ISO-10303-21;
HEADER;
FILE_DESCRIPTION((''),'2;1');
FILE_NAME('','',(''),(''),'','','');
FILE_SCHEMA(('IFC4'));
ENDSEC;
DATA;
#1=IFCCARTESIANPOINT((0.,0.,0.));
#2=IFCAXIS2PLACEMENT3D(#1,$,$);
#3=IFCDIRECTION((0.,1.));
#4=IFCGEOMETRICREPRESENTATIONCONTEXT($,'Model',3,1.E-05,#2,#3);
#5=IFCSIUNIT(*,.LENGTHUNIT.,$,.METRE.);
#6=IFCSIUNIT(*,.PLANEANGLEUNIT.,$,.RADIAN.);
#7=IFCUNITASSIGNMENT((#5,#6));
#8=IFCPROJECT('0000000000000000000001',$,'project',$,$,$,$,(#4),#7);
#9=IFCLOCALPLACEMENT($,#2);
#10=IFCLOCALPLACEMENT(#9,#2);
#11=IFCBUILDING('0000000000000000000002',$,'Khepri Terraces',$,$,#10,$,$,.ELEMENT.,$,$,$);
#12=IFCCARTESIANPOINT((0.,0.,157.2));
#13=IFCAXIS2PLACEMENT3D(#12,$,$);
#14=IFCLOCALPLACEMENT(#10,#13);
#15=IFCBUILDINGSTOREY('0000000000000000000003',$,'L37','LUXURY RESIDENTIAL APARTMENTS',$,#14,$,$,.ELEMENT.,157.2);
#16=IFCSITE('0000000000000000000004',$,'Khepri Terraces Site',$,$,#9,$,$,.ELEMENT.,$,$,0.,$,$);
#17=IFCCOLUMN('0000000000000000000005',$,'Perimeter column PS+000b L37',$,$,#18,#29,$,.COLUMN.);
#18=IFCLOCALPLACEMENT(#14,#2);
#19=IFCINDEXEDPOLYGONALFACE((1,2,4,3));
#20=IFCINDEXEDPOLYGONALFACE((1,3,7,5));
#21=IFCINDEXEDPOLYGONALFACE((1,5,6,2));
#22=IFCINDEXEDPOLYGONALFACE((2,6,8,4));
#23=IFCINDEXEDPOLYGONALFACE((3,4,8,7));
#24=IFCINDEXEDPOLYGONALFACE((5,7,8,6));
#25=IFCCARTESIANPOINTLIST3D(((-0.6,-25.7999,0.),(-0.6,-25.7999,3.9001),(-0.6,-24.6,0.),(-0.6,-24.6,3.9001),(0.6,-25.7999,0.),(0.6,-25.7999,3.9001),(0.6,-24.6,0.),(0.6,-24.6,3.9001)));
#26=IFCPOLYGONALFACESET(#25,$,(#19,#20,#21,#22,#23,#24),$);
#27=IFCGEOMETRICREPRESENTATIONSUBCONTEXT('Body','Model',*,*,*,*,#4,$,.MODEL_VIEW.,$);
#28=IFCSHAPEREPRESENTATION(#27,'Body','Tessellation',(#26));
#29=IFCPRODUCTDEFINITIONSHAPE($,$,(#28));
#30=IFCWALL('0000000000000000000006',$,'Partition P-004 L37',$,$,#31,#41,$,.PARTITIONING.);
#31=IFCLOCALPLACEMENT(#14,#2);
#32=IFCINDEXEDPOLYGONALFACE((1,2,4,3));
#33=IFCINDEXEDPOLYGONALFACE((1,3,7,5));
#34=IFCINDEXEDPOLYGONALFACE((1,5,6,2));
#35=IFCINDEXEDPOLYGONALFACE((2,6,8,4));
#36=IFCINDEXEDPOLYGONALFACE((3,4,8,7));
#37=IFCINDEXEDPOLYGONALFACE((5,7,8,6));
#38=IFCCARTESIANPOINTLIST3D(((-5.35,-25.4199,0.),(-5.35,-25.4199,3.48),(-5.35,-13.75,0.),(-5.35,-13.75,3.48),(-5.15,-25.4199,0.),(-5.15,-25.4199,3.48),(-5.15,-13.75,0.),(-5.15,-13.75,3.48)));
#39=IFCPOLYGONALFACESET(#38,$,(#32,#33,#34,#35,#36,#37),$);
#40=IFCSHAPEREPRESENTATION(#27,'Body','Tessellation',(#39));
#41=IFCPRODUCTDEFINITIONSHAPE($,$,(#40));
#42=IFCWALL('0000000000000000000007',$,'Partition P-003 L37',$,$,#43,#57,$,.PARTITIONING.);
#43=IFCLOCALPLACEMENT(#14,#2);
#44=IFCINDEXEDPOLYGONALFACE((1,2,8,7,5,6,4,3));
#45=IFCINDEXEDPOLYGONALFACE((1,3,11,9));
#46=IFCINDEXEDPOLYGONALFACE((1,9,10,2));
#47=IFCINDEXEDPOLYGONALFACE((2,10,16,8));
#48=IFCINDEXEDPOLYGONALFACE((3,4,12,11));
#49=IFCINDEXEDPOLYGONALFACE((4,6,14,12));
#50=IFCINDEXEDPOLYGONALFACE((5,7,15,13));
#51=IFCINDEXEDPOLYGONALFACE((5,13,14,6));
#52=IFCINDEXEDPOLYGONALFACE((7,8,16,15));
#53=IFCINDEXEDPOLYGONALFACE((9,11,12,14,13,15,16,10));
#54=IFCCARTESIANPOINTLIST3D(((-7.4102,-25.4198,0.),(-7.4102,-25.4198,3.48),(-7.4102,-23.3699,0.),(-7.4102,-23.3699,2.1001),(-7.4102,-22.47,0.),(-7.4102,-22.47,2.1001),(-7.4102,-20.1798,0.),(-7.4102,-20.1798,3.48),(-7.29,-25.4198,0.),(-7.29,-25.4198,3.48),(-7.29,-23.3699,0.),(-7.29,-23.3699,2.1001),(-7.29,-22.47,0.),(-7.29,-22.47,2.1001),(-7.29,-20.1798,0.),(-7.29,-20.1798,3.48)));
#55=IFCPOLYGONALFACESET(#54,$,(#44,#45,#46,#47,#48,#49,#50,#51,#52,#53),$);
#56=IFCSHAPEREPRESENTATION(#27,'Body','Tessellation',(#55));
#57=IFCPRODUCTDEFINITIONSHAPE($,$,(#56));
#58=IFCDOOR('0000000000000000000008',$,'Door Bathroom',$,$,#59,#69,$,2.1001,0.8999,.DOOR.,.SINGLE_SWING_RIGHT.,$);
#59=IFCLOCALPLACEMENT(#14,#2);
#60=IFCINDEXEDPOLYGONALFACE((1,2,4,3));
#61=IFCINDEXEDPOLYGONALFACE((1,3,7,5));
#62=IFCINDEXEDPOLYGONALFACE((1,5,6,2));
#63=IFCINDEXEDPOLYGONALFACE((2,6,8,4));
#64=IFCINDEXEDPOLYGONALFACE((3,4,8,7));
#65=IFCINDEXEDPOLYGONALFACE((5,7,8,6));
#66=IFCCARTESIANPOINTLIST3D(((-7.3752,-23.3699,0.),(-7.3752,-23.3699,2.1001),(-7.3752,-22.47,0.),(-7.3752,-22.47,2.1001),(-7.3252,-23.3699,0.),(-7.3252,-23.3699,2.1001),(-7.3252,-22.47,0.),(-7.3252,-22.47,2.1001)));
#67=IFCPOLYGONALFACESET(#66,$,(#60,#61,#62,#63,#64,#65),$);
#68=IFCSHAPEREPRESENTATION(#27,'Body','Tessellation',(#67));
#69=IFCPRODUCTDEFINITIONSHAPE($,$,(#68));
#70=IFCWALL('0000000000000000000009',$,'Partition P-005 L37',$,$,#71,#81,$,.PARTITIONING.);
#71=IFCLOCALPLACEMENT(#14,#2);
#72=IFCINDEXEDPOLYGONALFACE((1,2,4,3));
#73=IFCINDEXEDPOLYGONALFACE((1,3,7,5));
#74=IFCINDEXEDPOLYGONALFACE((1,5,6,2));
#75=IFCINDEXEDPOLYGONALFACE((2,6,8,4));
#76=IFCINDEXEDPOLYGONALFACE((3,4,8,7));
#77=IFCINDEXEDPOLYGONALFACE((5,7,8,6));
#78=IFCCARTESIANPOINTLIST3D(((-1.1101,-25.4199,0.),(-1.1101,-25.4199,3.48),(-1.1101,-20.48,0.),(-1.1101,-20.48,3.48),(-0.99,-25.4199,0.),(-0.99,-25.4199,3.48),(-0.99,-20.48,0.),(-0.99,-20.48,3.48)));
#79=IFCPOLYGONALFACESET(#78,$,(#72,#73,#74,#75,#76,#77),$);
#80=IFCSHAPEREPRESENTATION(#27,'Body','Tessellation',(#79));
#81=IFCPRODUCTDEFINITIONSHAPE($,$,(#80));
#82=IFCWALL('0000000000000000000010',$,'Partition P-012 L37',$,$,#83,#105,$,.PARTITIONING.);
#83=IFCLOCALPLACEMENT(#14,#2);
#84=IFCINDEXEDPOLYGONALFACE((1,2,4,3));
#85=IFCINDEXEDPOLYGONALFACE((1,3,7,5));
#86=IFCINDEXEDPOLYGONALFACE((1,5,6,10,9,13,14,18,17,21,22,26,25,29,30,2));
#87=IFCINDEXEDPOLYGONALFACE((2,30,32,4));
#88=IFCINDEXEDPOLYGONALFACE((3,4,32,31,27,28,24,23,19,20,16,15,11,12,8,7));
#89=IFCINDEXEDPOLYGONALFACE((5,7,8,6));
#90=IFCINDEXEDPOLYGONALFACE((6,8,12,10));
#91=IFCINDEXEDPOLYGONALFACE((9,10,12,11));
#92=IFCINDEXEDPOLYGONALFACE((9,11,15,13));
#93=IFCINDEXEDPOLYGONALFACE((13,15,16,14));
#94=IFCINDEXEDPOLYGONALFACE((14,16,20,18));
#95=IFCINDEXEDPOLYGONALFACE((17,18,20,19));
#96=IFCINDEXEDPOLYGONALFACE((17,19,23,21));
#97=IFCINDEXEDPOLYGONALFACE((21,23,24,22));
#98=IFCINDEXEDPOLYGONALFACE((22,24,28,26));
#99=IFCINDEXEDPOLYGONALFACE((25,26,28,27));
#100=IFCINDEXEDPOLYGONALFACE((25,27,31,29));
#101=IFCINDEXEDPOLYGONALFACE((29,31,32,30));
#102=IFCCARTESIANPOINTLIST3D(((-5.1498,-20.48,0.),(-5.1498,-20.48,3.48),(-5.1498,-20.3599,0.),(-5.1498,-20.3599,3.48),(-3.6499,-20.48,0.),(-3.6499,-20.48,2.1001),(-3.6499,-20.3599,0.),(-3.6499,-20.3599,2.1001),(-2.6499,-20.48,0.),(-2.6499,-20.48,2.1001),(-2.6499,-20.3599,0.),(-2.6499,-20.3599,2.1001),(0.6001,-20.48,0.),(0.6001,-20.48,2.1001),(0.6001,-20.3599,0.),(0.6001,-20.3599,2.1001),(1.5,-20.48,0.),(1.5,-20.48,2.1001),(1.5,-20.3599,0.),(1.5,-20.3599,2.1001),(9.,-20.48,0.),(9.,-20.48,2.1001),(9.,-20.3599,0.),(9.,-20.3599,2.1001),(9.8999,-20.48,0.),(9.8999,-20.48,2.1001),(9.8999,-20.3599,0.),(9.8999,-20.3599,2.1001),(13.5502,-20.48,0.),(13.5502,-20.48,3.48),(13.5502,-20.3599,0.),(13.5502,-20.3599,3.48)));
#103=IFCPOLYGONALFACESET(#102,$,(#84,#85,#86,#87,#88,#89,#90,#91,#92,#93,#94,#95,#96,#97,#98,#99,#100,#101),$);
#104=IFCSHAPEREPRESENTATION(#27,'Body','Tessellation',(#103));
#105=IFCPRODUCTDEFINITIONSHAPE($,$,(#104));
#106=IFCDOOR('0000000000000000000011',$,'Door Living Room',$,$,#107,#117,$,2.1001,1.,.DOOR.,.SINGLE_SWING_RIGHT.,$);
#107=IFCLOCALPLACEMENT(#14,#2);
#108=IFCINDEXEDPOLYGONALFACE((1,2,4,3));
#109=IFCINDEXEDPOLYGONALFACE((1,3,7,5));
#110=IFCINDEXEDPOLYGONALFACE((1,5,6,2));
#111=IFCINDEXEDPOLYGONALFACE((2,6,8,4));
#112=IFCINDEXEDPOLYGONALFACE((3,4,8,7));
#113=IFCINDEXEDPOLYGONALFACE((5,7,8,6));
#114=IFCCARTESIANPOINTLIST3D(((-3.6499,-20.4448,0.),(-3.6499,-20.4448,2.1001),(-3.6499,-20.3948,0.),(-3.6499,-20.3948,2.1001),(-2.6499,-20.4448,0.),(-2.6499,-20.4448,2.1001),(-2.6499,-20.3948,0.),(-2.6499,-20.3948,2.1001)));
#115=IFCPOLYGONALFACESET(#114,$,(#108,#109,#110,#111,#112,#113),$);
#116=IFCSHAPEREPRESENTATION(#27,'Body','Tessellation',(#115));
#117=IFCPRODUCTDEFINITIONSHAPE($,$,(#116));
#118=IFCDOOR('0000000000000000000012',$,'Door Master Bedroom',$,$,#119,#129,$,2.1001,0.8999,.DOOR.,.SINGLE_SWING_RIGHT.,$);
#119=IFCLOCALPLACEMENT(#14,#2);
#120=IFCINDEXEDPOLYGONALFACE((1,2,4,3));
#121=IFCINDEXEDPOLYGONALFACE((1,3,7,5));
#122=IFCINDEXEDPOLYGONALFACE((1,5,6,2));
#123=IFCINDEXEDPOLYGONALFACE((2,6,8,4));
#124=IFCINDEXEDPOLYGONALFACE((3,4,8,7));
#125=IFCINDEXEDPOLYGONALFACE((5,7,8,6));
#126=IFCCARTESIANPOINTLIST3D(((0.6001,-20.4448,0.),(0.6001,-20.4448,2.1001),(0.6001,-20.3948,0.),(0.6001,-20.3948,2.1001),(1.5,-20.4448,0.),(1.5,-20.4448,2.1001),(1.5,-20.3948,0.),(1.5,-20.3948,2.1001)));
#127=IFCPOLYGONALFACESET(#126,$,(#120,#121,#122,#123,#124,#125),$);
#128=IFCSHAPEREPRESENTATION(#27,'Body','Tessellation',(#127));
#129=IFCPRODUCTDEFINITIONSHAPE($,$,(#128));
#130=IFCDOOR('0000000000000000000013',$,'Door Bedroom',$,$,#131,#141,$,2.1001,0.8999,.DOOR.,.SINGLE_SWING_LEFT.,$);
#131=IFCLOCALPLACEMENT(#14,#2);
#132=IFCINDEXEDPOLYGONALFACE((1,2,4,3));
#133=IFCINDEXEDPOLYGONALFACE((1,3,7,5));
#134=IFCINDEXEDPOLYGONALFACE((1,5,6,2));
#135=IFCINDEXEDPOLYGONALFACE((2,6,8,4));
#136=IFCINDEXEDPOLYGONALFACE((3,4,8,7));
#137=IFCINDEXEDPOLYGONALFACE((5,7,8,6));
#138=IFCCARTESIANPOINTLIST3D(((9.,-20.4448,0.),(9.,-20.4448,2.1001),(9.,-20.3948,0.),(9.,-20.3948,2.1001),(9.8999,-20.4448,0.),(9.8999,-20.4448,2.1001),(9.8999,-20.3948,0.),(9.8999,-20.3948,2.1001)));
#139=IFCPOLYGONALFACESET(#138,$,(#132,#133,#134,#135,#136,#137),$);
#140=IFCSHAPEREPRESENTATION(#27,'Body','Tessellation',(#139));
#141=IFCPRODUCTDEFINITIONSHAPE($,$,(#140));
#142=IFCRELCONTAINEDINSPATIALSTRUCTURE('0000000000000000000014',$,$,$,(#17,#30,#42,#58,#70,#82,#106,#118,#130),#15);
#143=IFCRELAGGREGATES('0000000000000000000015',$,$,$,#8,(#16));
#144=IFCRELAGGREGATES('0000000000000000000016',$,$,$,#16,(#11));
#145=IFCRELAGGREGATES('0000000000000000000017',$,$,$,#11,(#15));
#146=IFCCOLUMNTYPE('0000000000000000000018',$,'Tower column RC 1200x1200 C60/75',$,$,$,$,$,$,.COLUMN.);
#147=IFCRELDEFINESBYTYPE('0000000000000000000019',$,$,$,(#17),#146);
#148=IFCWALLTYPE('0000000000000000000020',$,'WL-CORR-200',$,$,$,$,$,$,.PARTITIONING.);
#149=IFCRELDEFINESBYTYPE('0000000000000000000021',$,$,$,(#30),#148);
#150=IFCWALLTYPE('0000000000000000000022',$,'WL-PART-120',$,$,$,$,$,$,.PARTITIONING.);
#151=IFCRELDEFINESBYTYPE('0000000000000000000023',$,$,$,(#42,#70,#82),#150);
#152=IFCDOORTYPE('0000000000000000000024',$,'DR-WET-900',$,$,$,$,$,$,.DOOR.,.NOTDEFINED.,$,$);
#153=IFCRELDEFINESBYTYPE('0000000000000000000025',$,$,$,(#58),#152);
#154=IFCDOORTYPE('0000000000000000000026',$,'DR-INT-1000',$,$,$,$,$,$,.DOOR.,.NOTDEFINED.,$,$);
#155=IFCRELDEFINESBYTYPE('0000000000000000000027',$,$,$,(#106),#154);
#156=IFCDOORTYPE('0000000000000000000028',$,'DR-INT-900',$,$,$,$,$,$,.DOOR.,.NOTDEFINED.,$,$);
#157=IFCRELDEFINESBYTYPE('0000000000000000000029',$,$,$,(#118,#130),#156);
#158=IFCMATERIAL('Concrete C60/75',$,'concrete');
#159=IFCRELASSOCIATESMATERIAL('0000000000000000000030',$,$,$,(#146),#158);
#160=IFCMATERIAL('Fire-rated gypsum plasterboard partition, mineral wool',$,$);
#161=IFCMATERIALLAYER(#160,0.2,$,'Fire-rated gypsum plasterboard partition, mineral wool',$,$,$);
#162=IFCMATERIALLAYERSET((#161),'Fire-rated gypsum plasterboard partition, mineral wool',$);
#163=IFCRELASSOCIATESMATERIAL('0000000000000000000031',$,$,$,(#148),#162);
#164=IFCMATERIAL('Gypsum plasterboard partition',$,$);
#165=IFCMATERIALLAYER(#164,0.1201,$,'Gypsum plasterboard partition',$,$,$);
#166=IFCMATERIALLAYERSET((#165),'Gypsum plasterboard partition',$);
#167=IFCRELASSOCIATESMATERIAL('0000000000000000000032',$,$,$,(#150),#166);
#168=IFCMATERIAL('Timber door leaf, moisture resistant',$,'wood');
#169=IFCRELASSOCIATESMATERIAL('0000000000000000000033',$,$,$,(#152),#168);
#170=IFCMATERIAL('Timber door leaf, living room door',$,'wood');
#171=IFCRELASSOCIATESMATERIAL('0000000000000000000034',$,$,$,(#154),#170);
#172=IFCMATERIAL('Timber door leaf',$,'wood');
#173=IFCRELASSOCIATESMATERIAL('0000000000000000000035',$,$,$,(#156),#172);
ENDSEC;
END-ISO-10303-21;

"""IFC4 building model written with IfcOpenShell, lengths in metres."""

from ifc_helpers import new_model, si_unit, direction, frame, frame_2d, origin, origin_2d, place, context, subcontext, project, spatial, rectangle, extrude, material, layer, layer_set, material_profile, profile_set, type_object, element, fill, save


model = new_model("IFC4")

# Units and contexts
model_context = context("Model", 3, precision=1e-05, world=origin(), true_north=direction((0.0, 1.0)))
body_context = subcontext(model_context, "Body", "Model", "MODEL_VIEW")
ifc_project = project(units=[si_unit("LENGTHUNIT", "METRE"), si_unit("PLANEANGLEUNIT", "RADIAN")], contexts=[model_context])

# Site, building, storey
site_placement = place(None, origin())
site = spatial("IfcSite", under=ifc_project, at=site_placement, Name="Khepri Terraces Site", CompositionType="ELEMENT", RefElevation=0.0)
building_placement = place(site_placement, origin())
building = spatial("IfcBuilding", under=site, at=building_placement, Name="Khepri Terraces", CompositionType="ELEMENT")
storey_placement = place(building_placement, frame((0.0, 0.0, 157.2)))
storey = spatial("IfcBuildingStorey", under=building, at=storey_placement, Name="L37", Description="LUXURY RESIDENTIAL APARTMENTS", CompositionType="ELEMENT", Elevation=157.2)

# Column
ifc_material_1 = material(Name="Concrete C60/75", Category="concrete")
ifc_material_profile = material_profile(ifc_material_1, rectangle(XDim=1.2, YDim=1.2, at=origin_2d()), Name="Concrete C60/75", Category="concrete")
ifc_profile_set = profile_set([ifc_material_profile], Name="Concrete C60/75")
column_type = type_object("IfcColumnType", Name="Tower column RC 1200x1200 C60/75", PredefinedType="COLUMN", material=ifc_profile_set)
column_placement = place(storey_placement, frame((0.0, -25.2, 0.0), z_axis=(0.0, 0.0, 1.0), x_axis=(1.0, 0.0, 0.0)))
element("IfcColumn", 1, at=column_placement, inside=storey, type_object=column_type, Name="Perimeter column PS+000b L37", PredefinedType="COLUMN", context=body_context, shape_type="SweptSolid", body=[
    extrude(rectangle(XDim=1.2, YDim=1.2, at=origin_2d()), origin(), (0.0, 0.0, 1.0), 3.9001),
])

# Wall
ifc_material_2 = material(Name="Fire-rated gypsum plasterboard partition, mineral wool")
ifc_layer_1 = layer(ifc_material_2, 0.2, Name="Fire-rated gypsum plasterboard partition, mineral wool")
ifc_layer_set_1 = layer_set([ifc_layer_1], Name="Fire-rated gypsum plasterboard partition, mineral wool")
wall_type_1 = type_object("IfcWallType", Name="WL-CORR-200", PredefinedType="PARTITIONING", material=ifc_layer_set_1)
wall_1_placement = place(storey_placement, frame((-5.25, -25.4199, 0.0), z_axis=(0.0, 0.0, 1.0), x_axis=(0.0, 1.0, 0.0)))
element("IfcWall", 2, at=wall_1_placement, inside=storey, type_object=wall_type_1, Name="Partition P-004 L37", PredefinedType="PARTITIONING", context=body_context, shape_type="SweptSolid", body=[
    extrude(rectangle(XDim=11.6699, YDim=0.2, at=frame_2d((5.835, 0.0))), origin(), (0.0, 0.0, 1.0), 3.48),
])

# Wall, opening, door
ifc_material_3 = material(Name="Gypsum plasterboard partition")
ifc_layer_2 = layer(ifc_material_3, 0.1201, Name="Gypsum plasterboard partition")
ifc_layer_set_2 = layer_set([ifc_layer_2], Name="Gypsum plasterboard partition")
wall_type_2 = type_object("IfcWallType", Name="WL-PART-120", PredefinedType="PARTITIONING", material=ifc_layer_set_2)
wall_2_placement = place(storey_placement, frame((-7.3501, -25.4199, 0.0), z_axis=(0.0, 0.0, 1.0), x_axis=(0.0, 1.0, 0.0)))
wall_2 = element("IfcWall", 3, at=wall_2_placement, inside=storey, type_object=wall_type_2, Name="Partition P-003 L37", PredefinedType="PARTITIONING", context=body_context, shape_type="SweptSolid", body=[
    extrude(rectangle(XDim=5.24, YDim=0.1201, at=frame_2d((2.6201, 0.0))), origin(), (0.0, 0.0, 1.0), 3.48),
])
opening_1_placement = place(wall_2_placement, frame((2.05, 0.0, 0.0)))
opening_1 = element("IfcOpeningElement", 4, at=opening_1_placement, cuts=wall_2, PredefinedType="OPENING", context=body_context, shape_type="SweptSolid", body=[
    extrude(rectangle(XDim=0.8999, YDim=2.1001, at=frame_2d((0.45, 1.05))), frame((0.0, 0.0701, 0.0), z_axis=(0.0, -1.0, 0.0), x_axis=(1.0, 0.0, 0.0)), (0.0, 0.0, 1.0), 0.1401),
])
ifc_material_4 = material(Name="Timber door leaf, moisture resistant", Category="wood")
door_type_1 = type_object("IfcDoorType", Name="DR-WET-900", OperationType="NOTDEFINED", PredefinedType="DOOR", material=ifc_material_4)
door_1_placement = place(opening_1_placement, frame((0.8999, 0.0, 0.0), z_axis=(0.0, 0.0, 1.0), x_axis=(-1.0, 0.0, 0.0)))
door_1 = element("IfcDoor", 5, at=door_1_placement, inside=storey, type_object=door_type_1, Name="Door Bathroom", OperationType="SINGLE_SWING_RIGHT", OverallHeight=2.1001, OverallWidth=0.8999, PredefinedType="DOOR", context=body_context, shape_type="SweptSolid", body=[
    extrude(rectangle(XDim=0.8999, YDim=2.1001, at=frame_2d((0.45, 1.05))), frame((0.0, 0.0249, 0.0), z_axis=(0.0, -1.0, 0.0), x_axis=(1.0, 0.0, 0.0)), (0.0, 0.0, 1.0), 0.05),
])
fill(opening_1, door_1)

# Wall
wall_3_placement = place(storey_placement, frame((-1.05, -25.4199, 0.0), z_axis=(0.0, 0.0, 1.0), x_axis=(0.0, 1.0, 0.0)))
element("IfcWall", 6, at=wall_3_placement, inside=storey, type_object=wall_type_2, Name="Partition P-005 L37", PredefinedType="PARTITIONING", context=body_context, shape_type="SweptSolid", body=[
    extrude(rectangle(XDim=4.9399, YDim=0.1201, at=frame_2d((2.47, 0.0))), origin(), (0.0, 0.0, 1.0), 3.48),
])

# Wall, openings, doors
wall_4_placement = place(storey_placement, frame((-5.1499, -20.4199, 0.0), z_axis=(0.0, 0.0, 1.0), x_axis=(1.0, 0.0, 0.0)))
wall_4 = element("IfcWall", 7, at=wall_4_placement, inside=storey, type_object=wall_type_2, Name="Partition P-012 L37", PredefinedType="PARTITIONING", context=body_context, shape_type="SweptSolid", body=[
    extrude(rectangle(XDim=18.7, YDim=0.1201, at=frame_2d((9.3501, 0.0))), origin(), (0.0, 0.0, 1.0), 3.48),
])
opening_2_placement = place(wall_4_placement, frame((1.5, 0.0, 0.0)))
opening_2 = element("IfcOpeningElement", 8, at=opening_2_placement, cuts=wall_4, PredefinedType="OPENING", context=body_context, shape_type="SweptSolid", body=[
    extrude(rectangle(XDim=1.0, YDim=2.1001, at=frame_2d((0.5, 1.05))), frame((0.0, 0.0701, 0.0), z_axis=(0.0, -1.0, 0.0), x_axis=(1.0, 0.0, 0.0)), (0.0, 0.0, 1.0), 0.1401),
])
opening_3_placement = place(wall_4_placement, frame((5.75, 0.0, 0.0)))
opening_3 = element("IfcOpeningElement", 9, at=opening_3_placement, cuts=wall_4, PredefinedType="OPENING", context=body_context, shape_type="SweptSolid", body=[
    extrude(rectangle(XDim=0.8999, YDim=2.1001, at=frame_2d((0.45, 1.05))), frame((0.0, 0.0701, 0.0), z_axis=(0.0, -1.0, 0.0), x_axis=(1.0, 0.0, 0.0)), (0.0, 0.0, 1.0), 0.1401),
])
opening_4_placement = place(wall_4_placement, frame((14.1499, 0.0, 0.0)))
opening_4 = element("IfcOpeningElement", 10, at=opening_4_placement, cuts=wall_4, PredefinedType="OPENING", context=body_context, shape_type="SweptSolid", body=[
    extrude(rectangle(XDim=0.8999, YDim=2.1001, at=frame_2d((0.45, 1.05))), frame((0.0, 0.0701, 0.0), z_axis=(0.0, -1.0, 0.0), x_axis=(1.0, 0.0, 0.0)), (0.0, 0.0, 1.0), 0.1401),
])
ifc_material_5 = material(Name="Timber door leaf, living room door", Category="wood")
door_type_2 = type_object("IfcDoorType", Name="DR-INT-1000", OperationType="NOTDEFINED", PredefinedType="DOOR", material=ifc_material_5)
door_2_placement = place(opening_2_placement, frame((1.0, 0.0, 0.0), z_axis=(0.0, 0.0, 1.0), x_axis=(-1.0, 0.0, 0.0)))
door_2 = element("IfcDoor", 11, at=door_2_placement, inside=storey, type_object=door_type_2, Name="Door Living Room", OperationType="SINGLE_SWING_RIGHT", OverallHeight=2.1001, OverallWidth=1.0, PredefinedType="DOOR", context=body_context, shape_type="SweptSolid", body=[
    extrude(rectangle(XDim=1.0, YDim=2.1001, at=frame_2d((0.5, 1.05))), frame((0.0, 0.0249, 0.0), z_axis=(0.0, -1.0, 0.0), x_axis=(1.0, 0.0, 0.0)), (0.0, 0.0, 1.0), 0.05),
])
fill(opening_2, door_2)
ifc_material_6 = material(Name="Timber door leaf", Category="wood")
door_type_3 = type_object("IfcDoorType", Name="DR-INT-900", OperationType="NOTDEFINED", PredefinedType="DOOR", material=ifc_material_6)
door_3_placement = place(opening_3_placement, frame((0.8999, 0.0, 0.0), z_axis=(0.0, 0.0, 1.0), x_axis=(-1.0, 0.0, 0.0)))
door_3 = element("IfcDoor", 12, at=door_3_placement, inside=storey, type_object=door_type_3, Name="Door Master Bedroom", OperationType="SINGLE_SWING_RIGHT", OverallHeight=2.1001, OverallWidth=0.8999, PredefinedType="DOOR", context=body_context, shape_type="SweptSolid", body=[
    extrude(rectangle(XDim=0.8999, YDim=2.1001, at=frame_2d((0.45, 1.05))), frame((0.0, 0.0249, 0.0), z_axis=(0.0, -1.0, 0.0), x_axis=(1.0, 0.0, 0.0)), (0.0, 0.0, 1.0), 0.05),
])
fill(opening_3, door_3)
door_4_placement = place(opening_4_placement, frame((0.8999, 0.0, 0.0), z_axis=(0.0, 0.0, 1.0), x_axis=(-1.0, 0.0, 0.0)))
door_4 = element("IfcDoor", 13, at=door_4_placement, inside=storey, type_object=door_type_3, Name="Door Bedroom", OperationType="SINGLE_SWING_LEFT", OverallHeight=2.1001, OverallWidth=0.8999, PredefinedType="DOOR", context=body_context, shape_type="SweptSolid", body=[
    extrude(rectangle(XDim=0.8999, YDim=2.1001, at=frame_2d((0.45, 1.05))), frame((0.0, 0.0249, 0.0), z_axis=(0.0, -1.0, 0.0), x_axis=(1.0, 0.0, 0.0)), (0.0, 0.0, 1.0), 0.05),
])
fill(opening_4, door_4)

save(model, "model.ifc")
